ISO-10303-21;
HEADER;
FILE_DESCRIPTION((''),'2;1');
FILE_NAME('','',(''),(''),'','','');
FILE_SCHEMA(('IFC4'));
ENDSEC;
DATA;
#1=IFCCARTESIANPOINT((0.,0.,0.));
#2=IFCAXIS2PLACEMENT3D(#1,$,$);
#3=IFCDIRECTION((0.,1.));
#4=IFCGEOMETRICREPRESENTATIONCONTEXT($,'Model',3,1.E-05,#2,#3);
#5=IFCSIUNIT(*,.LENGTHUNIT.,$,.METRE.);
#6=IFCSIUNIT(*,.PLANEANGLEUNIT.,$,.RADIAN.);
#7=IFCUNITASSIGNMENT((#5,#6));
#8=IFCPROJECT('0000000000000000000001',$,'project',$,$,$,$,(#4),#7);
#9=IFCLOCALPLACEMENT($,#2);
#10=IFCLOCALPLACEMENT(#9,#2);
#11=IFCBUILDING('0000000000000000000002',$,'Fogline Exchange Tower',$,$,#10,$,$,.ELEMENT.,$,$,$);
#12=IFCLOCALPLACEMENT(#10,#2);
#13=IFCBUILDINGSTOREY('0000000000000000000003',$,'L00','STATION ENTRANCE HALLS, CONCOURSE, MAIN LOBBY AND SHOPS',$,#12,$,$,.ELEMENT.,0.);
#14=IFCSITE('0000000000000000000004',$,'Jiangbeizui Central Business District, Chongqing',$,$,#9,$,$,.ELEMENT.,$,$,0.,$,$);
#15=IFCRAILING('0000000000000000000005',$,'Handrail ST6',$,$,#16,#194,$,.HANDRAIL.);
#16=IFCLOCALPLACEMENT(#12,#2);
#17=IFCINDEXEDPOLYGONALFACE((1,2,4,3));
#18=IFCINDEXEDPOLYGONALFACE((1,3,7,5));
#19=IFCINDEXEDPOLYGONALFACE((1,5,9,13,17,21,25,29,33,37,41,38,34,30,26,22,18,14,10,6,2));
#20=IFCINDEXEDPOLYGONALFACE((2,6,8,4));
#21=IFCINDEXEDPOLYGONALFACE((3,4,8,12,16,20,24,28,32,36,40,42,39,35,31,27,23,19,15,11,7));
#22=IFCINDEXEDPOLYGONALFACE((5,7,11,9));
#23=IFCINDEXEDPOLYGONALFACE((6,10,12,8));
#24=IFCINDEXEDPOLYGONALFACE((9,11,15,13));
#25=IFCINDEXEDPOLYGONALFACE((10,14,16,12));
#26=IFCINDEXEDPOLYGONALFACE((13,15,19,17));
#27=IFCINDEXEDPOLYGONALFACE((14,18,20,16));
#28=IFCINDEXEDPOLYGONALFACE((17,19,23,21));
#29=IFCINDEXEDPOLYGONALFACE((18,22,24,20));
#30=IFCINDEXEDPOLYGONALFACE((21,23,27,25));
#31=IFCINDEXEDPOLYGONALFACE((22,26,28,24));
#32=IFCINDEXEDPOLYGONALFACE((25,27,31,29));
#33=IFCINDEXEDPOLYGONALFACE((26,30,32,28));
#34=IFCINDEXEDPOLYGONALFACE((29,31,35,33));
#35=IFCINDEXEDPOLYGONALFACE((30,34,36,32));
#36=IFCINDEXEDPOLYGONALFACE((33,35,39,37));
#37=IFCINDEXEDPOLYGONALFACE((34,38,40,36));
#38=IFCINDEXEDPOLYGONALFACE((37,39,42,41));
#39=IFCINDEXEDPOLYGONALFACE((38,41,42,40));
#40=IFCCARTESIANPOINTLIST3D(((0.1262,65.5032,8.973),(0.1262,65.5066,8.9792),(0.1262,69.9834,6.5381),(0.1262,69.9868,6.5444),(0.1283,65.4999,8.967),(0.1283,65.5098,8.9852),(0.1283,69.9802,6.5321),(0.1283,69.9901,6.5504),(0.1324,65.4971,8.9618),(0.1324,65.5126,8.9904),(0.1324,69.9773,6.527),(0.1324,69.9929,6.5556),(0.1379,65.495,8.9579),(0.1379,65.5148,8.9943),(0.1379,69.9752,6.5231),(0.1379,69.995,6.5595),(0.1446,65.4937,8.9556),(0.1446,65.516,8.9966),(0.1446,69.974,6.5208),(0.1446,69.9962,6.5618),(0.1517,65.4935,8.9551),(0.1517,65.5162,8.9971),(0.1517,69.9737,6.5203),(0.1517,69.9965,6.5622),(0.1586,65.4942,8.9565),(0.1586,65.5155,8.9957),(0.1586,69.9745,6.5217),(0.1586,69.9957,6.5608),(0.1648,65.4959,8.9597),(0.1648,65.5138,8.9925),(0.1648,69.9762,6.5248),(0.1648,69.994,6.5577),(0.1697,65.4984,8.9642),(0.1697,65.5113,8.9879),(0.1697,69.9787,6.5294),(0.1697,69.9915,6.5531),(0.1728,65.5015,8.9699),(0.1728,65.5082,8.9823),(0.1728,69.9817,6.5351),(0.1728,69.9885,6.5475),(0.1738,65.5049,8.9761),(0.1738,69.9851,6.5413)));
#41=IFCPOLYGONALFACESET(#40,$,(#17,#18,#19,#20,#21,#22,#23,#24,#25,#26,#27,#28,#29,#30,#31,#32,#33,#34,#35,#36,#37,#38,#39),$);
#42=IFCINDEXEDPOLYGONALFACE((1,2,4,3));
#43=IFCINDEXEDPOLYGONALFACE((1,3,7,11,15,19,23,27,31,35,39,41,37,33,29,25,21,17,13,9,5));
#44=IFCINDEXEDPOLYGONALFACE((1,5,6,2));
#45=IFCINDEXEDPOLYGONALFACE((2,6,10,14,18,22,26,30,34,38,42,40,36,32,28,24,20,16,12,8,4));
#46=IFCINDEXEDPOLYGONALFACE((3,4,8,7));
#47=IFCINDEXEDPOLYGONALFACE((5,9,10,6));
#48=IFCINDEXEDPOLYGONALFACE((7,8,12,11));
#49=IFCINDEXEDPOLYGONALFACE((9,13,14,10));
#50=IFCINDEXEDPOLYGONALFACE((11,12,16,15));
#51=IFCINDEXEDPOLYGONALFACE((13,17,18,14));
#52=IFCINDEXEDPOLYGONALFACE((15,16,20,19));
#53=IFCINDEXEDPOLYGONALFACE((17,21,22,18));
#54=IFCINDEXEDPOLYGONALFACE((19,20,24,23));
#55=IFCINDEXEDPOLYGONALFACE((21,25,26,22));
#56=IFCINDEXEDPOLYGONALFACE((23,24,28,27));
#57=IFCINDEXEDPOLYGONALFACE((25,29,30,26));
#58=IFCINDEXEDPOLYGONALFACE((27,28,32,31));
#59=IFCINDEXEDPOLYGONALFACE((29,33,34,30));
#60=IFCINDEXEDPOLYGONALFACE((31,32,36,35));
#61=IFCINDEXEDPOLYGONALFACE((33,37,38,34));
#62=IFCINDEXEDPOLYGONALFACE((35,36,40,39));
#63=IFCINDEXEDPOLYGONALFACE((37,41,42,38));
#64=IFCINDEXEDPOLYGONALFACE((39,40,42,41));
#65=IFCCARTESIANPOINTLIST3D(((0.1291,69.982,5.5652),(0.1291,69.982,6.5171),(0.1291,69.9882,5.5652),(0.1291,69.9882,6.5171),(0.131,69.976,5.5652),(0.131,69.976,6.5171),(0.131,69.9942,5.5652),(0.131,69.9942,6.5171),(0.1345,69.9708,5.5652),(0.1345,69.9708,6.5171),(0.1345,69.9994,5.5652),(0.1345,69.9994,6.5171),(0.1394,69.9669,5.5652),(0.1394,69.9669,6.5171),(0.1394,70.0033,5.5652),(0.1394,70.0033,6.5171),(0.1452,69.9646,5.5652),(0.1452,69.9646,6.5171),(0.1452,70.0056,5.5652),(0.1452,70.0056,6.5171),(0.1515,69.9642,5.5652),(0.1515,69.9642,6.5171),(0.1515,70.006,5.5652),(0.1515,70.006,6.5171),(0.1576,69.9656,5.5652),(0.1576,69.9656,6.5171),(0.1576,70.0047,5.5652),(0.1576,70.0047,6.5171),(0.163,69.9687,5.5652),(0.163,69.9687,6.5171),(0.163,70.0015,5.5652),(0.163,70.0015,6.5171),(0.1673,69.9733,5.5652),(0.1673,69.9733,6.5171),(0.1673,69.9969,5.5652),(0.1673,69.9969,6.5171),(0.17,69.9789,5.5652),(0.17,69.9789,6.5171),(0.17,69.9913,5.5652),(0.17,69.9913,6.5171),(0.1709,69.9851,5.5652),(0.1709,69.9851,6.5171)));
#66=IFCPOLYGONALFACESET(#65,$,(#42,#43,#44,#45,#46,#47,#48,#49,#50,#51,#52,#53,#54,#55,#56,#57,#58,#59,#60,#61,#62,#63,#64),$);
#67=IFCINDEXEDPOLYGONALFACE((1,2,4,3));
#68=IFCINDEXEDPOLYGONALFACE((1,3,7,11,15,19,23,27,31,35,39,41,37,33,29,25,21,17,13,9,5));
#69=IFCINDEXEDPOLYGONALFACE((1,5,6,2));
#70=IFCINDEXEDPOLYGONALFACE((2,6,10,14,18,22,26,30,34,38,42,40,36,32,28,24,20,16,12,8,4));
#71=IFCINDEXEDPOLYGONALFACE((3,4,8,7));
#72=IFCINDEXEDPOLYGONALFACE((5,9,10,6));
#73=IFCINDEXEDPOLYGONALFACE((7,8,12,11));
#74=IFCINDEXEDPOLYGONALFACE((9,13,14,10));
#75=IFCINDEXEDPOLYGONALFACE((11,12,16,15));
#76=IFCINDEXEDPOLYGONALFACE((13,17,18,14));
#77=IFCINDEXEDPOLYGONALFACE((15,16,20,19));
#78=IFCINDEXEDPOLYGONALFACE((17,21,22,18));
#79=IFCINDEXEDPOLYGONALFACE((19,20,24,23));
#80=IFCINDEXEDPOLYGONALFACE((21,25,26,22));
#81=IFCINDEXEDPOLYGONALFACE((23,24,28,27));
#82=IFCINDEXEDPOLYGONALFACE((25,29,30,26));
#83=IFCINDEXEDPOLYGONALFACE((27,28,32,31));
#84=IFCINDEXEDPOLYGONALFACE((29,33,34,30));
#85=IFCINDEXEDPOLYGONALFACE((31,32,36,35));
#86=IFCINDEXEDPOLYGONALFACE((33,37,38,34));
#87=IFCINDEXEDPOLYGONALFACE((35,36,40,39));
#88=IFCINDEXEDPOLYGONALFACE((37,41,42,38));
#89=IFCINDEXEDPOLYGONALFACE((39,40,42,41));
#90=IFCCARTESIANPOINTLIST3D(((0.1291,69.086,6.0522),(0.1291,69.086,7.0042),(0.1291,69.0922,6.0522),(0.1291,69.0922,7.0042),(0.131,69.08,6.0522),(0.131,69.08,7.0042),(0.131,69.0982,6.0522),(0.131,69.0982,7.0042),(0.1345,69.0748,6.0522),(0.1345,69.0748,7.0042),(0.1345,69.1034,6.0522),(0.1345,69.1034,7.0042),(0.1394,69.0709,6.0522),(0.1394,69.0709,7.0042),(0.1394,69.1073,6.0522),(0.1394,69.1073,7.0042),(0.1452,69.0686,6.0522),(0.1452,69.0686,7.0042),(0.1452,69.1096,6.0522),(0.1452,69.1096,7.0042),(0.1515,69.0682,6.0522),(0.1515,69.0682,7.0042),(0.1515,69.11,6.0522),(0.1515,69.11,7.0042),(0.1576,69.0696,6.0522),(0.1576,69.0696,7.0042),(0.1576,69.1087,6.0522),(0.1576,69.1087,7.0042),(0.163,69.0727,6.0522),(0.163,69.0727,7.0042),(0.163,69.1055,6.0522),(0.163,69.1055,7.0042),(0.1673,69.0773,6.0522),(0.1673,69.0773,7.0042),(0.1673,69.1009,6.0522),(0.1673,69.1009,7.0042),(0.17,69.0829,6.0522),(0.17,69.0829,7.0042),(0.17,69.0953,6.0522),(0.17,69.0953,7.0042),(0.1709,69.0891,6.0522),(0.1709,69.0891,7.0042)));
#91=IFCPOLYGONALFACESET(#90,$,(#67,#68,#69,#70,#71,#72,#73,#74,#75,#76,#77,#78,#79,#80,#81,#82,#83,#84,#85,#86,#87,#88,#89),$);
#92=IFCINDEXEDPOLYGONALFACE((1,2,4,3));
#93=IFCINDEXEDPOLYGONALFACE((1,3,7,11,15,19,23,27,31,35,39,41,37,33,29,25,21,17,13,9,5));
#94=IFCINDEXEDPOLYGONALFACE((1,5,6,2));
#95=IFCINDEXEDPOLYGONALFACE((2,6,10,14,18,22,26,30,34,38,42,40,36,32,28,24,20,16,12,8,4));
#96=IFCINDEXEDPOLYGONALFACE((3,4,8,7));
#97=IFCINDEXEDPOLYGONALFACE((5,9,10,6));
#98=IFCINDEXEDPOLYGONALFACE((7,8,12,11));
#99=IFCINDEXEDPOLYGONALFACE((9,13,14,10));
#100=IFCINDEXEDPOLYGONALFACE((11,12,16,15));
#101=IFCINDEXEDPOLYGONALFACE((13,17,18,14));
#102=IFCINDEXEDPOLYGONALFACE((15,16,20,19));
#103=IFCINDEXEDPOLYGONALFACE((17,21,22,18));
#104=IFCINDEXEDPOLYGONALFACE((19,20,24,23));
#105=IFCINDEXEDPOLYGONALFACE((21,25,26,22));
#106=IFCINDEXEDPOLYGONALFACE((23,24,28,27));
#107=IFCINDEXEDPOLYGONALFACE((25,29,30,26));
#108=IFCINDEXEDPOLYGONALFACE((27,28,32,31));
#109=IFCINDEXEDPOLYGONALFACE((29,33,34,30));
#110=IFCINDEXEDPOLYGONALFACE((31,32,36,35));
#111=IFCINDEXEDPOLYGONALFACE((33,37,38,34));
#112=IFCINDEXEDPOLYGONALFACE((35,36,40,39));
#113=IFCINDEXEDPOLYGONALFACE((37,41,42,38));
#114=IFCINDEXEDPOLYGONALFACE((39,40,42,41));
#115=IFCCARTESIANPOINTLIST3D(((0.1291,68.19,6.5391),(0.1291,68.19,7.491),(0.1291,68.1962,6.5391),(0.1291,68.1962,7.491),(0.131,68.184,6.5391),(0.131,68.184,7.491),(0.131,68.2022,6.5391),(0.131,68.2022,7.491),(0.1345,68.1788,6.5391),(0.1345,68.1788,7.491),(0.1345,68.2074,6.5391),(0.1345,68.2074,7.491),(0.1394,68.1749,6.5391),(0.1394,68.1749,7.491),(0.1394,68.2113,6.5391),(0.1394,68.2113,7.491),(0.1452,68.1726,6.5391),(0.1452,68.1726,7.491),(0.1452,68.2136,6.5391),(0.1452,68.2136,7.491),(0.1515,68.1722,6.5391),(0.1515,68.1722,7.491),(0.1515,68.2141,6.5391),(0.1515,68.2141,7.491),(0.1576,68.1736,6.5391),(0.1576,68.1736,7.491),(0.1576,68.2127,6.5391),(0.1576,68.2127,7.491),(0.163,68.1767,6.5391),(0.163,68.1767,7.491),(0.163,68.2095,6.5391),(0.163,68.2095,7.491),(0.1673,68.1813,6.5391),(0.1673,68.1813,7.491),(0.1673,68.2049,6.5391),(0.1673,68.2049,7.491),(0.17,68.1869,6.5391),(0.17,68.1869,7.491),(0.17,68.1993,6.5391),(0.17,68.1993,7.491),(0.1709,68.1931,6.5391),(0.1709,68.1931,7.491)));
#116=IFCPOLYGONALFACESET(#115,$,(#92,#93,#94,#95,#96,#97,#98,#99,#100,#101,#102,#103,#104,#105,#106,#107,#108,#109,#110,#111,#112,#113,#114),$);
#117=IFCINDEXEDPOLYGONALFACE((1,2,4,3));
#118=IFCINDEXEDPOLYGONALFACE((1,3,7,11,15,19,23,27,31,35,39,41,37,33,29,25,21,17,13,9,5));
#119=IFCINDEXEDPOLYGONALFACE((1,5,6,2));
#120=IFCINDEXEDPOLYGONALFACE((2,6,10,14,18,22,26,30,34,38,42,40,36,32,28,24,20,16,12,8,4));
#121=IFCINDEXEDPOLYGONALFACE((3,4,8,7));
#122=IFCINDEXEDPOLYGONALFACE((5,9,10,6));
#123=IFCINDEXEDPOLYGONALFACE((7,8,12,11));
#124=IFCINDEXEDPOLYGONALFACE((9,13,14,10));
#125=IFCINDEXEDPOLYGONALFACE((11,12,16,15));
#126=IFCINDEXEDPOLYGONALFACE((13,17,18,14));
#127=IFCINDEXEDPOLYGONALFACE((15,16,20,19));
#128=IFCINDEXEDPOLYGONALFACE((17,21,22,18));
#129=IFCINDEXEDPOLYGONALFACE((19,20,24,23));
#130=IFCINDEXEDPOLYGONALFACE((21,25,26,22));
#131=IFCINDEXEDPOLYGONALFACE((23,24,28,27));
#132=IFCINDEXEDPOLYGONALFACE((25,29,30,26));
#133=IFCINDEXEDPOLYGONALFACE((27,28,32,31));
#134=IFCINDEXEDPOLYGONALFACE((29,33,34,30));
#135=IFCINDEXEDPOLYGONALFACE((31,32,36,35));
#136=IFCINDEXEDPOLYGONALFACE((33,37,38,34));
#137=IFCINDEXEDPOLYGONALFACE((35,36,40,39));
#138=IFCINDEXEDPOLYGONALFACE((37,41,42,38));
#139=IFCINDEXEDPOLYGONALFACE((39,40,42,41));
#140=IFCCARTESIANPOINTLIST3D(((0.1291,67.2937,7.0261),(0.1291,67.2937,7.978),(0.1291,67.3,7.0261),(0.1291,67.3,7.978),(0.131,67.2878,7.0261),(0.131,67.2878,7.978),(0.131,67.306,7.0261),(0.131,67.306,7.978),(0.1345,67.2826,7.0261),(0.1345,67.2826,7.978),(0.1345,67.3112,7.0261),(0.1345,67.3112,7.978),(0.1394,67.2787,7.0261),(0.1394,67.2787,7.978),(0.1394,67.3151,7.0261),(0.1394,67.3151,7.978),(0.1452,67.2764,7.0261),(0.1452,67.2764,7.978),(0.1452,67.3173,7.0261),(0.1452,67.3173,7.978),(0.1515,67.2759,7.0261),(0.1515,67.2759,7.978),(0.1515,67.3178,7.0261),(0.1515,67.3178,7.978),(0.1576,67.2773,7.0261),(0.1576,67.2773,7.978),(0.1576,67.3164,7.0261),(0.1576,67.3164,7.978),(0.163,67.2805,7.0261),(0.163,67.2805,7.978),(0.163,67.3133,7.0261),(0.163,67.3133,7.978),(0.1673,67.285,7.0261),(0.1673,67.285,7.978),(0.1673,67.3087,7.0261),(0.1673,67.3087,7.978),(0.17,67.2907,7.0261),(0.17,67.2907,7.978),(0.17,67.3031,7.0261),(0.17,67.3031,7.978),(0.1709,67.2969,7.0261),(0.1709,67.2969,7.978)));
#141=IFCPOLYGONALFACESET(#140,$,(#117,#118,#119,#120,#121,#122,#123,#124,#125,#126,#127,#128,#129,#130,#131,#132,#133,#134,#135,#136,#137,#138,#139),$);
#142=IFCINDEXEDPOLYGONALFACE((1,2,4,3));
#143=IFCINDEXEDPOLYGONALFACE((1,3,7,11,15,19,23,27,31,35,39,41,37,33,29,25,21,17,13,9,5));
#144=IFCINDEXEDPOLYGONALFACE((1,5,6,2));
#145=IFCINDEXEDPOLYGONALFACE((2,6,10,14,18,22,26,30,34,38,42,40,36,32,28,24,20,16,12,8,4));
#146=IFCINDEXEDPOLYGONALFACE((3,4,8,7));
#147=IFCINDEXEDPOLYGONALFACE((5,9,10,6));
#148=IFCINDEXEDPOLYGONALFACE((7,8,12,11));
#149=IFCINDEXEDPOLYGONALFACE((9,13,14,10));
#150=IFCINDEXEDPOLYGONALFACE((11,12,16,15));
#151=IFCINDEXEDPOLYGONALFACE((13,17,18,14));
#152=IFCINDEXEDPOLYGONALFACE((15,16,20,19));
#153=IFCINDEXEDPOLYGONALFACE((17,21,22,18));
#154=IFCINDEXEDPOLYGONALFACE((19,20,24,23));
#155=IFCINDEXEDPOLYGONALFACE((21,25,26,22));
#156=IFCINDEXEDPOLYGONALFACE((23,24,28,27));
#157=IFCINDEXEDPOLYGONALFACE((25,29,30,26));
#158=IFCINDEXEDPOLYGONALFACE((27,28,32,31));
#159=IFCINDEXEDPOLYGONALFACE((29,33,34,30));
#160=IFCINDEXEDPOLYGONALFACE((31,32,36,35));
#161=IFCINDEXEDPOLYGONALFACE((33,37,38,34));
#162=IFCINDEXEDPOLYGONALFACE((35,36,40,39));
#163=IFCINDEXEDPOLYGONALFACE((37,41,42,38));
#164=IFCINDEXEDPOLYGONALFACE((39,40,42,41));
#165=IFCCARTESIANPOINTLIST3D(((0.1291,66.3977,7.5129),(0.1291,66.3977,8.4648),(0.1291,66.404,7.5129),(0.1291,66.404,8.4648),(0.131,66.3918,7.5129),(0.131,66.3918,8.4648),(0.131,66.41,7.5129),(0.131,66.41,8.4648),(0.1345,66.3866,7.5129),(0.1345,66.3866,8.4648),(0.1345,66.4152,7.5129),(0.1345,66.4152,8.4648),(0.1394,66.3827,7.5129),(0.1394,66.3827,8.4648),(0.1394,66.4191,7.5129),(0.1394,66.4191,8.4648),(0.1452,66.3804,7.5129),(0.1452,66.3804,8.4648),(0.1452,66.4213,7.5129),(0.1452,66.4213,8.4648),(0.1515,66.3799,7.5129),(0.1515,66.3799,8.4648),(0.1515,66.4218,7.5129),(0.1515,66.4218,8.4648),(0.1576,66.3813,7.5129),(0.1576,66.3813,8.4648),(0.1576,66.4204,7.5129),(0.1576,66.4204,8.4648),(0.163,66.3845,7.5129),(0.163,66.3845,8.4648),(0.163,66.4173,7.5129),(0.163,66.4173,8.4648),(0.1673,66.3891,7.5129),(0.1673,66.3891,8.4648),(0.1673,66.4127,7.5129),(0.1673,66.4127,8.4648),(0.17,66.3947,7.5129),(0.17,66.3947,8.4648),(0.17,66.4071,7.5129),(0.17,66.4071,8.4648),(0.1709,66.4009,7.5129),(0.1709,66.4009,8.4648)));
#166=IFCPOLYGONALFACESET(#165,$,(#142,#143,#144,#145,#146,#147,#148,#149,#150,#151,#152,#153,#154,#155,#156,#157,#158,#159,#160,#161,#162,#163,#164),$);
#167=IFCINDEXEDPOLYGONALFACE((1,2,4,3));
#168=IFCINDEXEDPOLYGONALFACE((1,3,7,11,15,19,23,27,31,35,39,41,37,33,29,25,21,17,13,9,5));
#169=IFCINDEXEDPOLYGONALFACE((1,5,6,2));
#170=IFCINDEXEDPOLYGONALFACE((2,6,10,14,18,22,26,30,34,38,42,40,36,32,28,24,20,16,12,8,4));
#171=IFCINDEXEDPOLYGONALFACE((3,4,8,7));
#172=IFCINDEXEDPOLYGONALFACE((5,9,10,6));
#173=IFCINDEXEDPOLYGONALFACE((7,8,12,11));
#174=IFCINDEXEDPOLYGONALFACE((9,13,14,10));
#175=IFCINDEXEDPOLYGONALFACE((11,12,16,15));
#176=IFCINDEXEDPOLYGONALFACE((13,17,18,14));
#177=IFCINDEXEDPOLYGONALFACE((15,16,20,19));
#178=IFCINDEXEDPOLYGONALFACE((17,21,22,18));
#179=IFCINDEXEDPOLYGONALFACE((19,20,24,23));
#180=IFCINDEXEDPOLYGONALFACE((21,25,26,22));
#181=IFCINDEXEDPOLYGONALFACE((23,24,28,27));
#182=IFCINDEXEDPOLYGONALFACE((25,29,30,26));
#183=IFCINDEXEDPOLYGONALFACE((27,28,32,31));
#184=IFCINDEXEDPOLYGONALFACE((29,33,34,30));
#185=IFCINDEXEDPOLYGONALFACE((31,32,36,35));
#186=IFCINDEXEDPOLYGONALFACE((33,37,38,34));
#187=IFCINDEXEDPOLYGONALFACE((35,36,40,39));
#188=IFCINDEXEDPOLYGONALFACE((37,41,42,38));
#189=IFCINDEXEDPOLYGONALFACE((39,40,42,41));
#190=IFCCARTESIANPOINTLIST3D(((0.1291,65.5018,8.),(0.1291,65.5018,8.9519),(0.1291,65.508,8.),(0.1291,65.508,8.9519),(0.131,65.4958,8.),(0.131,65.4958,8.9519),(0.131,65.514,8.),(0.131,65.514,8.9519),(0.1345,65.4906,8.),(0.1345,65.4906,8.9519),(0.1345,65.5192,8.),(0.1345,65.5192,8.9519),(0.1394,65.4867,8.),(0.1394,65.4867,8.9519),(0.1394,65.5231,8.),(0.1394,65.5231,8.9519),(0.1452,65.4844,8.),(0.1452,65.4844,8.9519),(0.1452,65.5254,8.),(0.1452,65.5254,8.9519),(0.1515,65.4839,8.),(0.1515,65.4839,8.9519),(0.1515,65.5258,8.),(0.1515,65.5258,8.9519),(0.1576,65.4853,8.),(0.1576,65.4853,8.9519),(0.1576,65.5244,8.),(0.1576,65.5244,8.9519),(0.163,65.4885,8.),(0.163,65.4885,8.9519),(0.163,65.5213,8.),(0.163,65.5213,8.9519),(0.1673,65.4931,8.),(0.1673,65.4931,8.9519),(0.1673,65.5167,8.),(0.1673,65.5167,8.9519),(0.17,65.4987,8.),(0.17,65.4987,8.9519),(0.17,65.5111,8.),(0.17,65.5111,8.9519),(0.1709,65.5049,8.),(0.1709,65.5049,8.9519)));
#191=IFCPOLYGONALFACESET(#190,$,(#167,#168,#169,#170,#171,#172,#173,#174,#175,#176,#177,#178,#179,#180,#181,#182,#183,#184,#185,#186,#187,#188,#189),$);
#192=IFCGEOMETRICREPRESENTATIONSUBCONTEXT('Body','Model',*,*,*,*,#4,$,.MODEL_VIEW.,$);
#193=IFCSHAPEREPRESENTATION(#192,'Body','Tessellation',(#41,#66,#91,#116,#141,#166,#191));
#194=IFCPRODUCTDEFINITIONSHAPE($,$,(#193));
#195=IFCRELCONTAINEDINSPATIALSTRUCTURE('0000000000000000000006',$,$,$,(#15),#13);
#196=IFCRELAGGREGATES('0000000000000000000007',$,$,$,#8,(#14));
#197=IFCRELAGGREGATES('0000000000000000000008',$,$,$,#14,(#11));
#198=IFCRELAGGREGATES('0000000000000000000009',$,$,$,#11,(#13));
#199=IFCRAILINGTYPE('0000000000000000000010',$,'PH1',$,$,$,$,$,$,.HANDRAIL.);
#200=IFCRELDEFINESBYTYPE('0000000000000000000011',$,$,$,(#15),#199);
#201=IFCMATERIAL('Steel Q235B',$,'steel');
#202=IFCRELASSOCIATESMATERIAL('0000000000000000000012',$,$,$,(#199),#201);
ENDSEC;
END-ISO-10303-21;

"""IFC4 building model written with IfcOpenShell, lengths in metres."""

from ifc_helpers import new_model, si_unit, direction, frame, origin, origin_2d, place, context, subcontext, project, spatial, circle, extrude, material, type_object, element, save


model = new_model("IFC4")

# Units and contexts
model_context = context("Model", 3, precision=1e-05, world=origin(), true_north=direction((0.0, 1.0)))
body_context = subcontext(model_context, "Body", "Model", "MODEL_VIEW")
ifc_project = project(units=[si_unit("LENGTHUNIT", "METRE"), si_unit("PLANEANGLEUNIT", "RADIAN")], contexts=[model_context])

# Site, building, storey
site_placement = place(None, origin())
site = spatial("IfcSite", under=ifc_project, at=site_placement, Name="Jiangbeizui Central Business District, Chongqing", CompositionType="ELEMENT", RefElevation=0.0)
building_placement = place(site_placement, origin())
building = spatial("IfcBuilding", under=site, at=building_placement, Name="Fogline Exchange Tower", CompositionType="ELEMENT")
storey_placement = place(building_placement, origin())
storey = spatial("IfcBuildingStorey", under=building, at=storey_placement, Name="L00", Description="STATION ENTRANCE HALLS, CONCOURSE, MAIN LOBBY AND SHOPS", CompositionType="ELEMENT", Elevation=0.0)

# Shared definitions
ifc_material_1 = material(Name="Steel Q235B", Category="steel")

# Railing
railing_type_1 = type_object("IfcRailingType", Name="PH1", PredefinedType="HANDRAIL", material=ifc_material_1)
for number, where, name in (
    (1, (0.1499, 69.9851, 5.5652), "Handrail ST6"),
):
    element("IfcRailing", number, at=place(storey_placement, frame(where)), inside=storey, type_object=railing_type_1, Name=name, PredefinedType="HANDRAIL", context=body_context, shape_type="SweptSolid", body=[
        extrude(circle(Radius=0.0239, at=origin_2d()), frame((0.0, 0.0, 0.9761), z_axis=(0.0, -0.878632, 0.4775), x_axis=(1.0, 0.0, 0.0)), (0.0, 0.0, 1.0), 5.0991),
        extrude(circle(Radius=0.021, at=origin_2d()), origin(), (0.0, 0.0, 1.0), 0.9519),
        extrude(circle(Radius=0.021, at=origin_2d()), frame((0.0, -0.896, 0.4871)), (0.0, 0.0, 1.0), 0.9519),
        extrude(circle(Radius=0.021, at=origin_2d()), frame((0.0, -1.792, 0.9739)), (0.0, 0.0, 1.0), 0.9519),
        extrude(circle(Radius=0.021, at=origin_2d()), frame((0.0, -2.6882, 1.4609)), (0.0, 0.0, 1.0), 0.9519),
        extrude(circle(Radius=0.021, at=origin_2d()), frame((0.0, -3.5842, 1.9478)), (0.0, 0.0, 1.0), 0.9519),
        extrude(circle(Radius=0.021, at=origin_2d()), frame((0.0, -4.4802, 2.4348)), (0.0, 0.0, 1.0), 0.9519),
    ])

save(model, "model.ifc")
